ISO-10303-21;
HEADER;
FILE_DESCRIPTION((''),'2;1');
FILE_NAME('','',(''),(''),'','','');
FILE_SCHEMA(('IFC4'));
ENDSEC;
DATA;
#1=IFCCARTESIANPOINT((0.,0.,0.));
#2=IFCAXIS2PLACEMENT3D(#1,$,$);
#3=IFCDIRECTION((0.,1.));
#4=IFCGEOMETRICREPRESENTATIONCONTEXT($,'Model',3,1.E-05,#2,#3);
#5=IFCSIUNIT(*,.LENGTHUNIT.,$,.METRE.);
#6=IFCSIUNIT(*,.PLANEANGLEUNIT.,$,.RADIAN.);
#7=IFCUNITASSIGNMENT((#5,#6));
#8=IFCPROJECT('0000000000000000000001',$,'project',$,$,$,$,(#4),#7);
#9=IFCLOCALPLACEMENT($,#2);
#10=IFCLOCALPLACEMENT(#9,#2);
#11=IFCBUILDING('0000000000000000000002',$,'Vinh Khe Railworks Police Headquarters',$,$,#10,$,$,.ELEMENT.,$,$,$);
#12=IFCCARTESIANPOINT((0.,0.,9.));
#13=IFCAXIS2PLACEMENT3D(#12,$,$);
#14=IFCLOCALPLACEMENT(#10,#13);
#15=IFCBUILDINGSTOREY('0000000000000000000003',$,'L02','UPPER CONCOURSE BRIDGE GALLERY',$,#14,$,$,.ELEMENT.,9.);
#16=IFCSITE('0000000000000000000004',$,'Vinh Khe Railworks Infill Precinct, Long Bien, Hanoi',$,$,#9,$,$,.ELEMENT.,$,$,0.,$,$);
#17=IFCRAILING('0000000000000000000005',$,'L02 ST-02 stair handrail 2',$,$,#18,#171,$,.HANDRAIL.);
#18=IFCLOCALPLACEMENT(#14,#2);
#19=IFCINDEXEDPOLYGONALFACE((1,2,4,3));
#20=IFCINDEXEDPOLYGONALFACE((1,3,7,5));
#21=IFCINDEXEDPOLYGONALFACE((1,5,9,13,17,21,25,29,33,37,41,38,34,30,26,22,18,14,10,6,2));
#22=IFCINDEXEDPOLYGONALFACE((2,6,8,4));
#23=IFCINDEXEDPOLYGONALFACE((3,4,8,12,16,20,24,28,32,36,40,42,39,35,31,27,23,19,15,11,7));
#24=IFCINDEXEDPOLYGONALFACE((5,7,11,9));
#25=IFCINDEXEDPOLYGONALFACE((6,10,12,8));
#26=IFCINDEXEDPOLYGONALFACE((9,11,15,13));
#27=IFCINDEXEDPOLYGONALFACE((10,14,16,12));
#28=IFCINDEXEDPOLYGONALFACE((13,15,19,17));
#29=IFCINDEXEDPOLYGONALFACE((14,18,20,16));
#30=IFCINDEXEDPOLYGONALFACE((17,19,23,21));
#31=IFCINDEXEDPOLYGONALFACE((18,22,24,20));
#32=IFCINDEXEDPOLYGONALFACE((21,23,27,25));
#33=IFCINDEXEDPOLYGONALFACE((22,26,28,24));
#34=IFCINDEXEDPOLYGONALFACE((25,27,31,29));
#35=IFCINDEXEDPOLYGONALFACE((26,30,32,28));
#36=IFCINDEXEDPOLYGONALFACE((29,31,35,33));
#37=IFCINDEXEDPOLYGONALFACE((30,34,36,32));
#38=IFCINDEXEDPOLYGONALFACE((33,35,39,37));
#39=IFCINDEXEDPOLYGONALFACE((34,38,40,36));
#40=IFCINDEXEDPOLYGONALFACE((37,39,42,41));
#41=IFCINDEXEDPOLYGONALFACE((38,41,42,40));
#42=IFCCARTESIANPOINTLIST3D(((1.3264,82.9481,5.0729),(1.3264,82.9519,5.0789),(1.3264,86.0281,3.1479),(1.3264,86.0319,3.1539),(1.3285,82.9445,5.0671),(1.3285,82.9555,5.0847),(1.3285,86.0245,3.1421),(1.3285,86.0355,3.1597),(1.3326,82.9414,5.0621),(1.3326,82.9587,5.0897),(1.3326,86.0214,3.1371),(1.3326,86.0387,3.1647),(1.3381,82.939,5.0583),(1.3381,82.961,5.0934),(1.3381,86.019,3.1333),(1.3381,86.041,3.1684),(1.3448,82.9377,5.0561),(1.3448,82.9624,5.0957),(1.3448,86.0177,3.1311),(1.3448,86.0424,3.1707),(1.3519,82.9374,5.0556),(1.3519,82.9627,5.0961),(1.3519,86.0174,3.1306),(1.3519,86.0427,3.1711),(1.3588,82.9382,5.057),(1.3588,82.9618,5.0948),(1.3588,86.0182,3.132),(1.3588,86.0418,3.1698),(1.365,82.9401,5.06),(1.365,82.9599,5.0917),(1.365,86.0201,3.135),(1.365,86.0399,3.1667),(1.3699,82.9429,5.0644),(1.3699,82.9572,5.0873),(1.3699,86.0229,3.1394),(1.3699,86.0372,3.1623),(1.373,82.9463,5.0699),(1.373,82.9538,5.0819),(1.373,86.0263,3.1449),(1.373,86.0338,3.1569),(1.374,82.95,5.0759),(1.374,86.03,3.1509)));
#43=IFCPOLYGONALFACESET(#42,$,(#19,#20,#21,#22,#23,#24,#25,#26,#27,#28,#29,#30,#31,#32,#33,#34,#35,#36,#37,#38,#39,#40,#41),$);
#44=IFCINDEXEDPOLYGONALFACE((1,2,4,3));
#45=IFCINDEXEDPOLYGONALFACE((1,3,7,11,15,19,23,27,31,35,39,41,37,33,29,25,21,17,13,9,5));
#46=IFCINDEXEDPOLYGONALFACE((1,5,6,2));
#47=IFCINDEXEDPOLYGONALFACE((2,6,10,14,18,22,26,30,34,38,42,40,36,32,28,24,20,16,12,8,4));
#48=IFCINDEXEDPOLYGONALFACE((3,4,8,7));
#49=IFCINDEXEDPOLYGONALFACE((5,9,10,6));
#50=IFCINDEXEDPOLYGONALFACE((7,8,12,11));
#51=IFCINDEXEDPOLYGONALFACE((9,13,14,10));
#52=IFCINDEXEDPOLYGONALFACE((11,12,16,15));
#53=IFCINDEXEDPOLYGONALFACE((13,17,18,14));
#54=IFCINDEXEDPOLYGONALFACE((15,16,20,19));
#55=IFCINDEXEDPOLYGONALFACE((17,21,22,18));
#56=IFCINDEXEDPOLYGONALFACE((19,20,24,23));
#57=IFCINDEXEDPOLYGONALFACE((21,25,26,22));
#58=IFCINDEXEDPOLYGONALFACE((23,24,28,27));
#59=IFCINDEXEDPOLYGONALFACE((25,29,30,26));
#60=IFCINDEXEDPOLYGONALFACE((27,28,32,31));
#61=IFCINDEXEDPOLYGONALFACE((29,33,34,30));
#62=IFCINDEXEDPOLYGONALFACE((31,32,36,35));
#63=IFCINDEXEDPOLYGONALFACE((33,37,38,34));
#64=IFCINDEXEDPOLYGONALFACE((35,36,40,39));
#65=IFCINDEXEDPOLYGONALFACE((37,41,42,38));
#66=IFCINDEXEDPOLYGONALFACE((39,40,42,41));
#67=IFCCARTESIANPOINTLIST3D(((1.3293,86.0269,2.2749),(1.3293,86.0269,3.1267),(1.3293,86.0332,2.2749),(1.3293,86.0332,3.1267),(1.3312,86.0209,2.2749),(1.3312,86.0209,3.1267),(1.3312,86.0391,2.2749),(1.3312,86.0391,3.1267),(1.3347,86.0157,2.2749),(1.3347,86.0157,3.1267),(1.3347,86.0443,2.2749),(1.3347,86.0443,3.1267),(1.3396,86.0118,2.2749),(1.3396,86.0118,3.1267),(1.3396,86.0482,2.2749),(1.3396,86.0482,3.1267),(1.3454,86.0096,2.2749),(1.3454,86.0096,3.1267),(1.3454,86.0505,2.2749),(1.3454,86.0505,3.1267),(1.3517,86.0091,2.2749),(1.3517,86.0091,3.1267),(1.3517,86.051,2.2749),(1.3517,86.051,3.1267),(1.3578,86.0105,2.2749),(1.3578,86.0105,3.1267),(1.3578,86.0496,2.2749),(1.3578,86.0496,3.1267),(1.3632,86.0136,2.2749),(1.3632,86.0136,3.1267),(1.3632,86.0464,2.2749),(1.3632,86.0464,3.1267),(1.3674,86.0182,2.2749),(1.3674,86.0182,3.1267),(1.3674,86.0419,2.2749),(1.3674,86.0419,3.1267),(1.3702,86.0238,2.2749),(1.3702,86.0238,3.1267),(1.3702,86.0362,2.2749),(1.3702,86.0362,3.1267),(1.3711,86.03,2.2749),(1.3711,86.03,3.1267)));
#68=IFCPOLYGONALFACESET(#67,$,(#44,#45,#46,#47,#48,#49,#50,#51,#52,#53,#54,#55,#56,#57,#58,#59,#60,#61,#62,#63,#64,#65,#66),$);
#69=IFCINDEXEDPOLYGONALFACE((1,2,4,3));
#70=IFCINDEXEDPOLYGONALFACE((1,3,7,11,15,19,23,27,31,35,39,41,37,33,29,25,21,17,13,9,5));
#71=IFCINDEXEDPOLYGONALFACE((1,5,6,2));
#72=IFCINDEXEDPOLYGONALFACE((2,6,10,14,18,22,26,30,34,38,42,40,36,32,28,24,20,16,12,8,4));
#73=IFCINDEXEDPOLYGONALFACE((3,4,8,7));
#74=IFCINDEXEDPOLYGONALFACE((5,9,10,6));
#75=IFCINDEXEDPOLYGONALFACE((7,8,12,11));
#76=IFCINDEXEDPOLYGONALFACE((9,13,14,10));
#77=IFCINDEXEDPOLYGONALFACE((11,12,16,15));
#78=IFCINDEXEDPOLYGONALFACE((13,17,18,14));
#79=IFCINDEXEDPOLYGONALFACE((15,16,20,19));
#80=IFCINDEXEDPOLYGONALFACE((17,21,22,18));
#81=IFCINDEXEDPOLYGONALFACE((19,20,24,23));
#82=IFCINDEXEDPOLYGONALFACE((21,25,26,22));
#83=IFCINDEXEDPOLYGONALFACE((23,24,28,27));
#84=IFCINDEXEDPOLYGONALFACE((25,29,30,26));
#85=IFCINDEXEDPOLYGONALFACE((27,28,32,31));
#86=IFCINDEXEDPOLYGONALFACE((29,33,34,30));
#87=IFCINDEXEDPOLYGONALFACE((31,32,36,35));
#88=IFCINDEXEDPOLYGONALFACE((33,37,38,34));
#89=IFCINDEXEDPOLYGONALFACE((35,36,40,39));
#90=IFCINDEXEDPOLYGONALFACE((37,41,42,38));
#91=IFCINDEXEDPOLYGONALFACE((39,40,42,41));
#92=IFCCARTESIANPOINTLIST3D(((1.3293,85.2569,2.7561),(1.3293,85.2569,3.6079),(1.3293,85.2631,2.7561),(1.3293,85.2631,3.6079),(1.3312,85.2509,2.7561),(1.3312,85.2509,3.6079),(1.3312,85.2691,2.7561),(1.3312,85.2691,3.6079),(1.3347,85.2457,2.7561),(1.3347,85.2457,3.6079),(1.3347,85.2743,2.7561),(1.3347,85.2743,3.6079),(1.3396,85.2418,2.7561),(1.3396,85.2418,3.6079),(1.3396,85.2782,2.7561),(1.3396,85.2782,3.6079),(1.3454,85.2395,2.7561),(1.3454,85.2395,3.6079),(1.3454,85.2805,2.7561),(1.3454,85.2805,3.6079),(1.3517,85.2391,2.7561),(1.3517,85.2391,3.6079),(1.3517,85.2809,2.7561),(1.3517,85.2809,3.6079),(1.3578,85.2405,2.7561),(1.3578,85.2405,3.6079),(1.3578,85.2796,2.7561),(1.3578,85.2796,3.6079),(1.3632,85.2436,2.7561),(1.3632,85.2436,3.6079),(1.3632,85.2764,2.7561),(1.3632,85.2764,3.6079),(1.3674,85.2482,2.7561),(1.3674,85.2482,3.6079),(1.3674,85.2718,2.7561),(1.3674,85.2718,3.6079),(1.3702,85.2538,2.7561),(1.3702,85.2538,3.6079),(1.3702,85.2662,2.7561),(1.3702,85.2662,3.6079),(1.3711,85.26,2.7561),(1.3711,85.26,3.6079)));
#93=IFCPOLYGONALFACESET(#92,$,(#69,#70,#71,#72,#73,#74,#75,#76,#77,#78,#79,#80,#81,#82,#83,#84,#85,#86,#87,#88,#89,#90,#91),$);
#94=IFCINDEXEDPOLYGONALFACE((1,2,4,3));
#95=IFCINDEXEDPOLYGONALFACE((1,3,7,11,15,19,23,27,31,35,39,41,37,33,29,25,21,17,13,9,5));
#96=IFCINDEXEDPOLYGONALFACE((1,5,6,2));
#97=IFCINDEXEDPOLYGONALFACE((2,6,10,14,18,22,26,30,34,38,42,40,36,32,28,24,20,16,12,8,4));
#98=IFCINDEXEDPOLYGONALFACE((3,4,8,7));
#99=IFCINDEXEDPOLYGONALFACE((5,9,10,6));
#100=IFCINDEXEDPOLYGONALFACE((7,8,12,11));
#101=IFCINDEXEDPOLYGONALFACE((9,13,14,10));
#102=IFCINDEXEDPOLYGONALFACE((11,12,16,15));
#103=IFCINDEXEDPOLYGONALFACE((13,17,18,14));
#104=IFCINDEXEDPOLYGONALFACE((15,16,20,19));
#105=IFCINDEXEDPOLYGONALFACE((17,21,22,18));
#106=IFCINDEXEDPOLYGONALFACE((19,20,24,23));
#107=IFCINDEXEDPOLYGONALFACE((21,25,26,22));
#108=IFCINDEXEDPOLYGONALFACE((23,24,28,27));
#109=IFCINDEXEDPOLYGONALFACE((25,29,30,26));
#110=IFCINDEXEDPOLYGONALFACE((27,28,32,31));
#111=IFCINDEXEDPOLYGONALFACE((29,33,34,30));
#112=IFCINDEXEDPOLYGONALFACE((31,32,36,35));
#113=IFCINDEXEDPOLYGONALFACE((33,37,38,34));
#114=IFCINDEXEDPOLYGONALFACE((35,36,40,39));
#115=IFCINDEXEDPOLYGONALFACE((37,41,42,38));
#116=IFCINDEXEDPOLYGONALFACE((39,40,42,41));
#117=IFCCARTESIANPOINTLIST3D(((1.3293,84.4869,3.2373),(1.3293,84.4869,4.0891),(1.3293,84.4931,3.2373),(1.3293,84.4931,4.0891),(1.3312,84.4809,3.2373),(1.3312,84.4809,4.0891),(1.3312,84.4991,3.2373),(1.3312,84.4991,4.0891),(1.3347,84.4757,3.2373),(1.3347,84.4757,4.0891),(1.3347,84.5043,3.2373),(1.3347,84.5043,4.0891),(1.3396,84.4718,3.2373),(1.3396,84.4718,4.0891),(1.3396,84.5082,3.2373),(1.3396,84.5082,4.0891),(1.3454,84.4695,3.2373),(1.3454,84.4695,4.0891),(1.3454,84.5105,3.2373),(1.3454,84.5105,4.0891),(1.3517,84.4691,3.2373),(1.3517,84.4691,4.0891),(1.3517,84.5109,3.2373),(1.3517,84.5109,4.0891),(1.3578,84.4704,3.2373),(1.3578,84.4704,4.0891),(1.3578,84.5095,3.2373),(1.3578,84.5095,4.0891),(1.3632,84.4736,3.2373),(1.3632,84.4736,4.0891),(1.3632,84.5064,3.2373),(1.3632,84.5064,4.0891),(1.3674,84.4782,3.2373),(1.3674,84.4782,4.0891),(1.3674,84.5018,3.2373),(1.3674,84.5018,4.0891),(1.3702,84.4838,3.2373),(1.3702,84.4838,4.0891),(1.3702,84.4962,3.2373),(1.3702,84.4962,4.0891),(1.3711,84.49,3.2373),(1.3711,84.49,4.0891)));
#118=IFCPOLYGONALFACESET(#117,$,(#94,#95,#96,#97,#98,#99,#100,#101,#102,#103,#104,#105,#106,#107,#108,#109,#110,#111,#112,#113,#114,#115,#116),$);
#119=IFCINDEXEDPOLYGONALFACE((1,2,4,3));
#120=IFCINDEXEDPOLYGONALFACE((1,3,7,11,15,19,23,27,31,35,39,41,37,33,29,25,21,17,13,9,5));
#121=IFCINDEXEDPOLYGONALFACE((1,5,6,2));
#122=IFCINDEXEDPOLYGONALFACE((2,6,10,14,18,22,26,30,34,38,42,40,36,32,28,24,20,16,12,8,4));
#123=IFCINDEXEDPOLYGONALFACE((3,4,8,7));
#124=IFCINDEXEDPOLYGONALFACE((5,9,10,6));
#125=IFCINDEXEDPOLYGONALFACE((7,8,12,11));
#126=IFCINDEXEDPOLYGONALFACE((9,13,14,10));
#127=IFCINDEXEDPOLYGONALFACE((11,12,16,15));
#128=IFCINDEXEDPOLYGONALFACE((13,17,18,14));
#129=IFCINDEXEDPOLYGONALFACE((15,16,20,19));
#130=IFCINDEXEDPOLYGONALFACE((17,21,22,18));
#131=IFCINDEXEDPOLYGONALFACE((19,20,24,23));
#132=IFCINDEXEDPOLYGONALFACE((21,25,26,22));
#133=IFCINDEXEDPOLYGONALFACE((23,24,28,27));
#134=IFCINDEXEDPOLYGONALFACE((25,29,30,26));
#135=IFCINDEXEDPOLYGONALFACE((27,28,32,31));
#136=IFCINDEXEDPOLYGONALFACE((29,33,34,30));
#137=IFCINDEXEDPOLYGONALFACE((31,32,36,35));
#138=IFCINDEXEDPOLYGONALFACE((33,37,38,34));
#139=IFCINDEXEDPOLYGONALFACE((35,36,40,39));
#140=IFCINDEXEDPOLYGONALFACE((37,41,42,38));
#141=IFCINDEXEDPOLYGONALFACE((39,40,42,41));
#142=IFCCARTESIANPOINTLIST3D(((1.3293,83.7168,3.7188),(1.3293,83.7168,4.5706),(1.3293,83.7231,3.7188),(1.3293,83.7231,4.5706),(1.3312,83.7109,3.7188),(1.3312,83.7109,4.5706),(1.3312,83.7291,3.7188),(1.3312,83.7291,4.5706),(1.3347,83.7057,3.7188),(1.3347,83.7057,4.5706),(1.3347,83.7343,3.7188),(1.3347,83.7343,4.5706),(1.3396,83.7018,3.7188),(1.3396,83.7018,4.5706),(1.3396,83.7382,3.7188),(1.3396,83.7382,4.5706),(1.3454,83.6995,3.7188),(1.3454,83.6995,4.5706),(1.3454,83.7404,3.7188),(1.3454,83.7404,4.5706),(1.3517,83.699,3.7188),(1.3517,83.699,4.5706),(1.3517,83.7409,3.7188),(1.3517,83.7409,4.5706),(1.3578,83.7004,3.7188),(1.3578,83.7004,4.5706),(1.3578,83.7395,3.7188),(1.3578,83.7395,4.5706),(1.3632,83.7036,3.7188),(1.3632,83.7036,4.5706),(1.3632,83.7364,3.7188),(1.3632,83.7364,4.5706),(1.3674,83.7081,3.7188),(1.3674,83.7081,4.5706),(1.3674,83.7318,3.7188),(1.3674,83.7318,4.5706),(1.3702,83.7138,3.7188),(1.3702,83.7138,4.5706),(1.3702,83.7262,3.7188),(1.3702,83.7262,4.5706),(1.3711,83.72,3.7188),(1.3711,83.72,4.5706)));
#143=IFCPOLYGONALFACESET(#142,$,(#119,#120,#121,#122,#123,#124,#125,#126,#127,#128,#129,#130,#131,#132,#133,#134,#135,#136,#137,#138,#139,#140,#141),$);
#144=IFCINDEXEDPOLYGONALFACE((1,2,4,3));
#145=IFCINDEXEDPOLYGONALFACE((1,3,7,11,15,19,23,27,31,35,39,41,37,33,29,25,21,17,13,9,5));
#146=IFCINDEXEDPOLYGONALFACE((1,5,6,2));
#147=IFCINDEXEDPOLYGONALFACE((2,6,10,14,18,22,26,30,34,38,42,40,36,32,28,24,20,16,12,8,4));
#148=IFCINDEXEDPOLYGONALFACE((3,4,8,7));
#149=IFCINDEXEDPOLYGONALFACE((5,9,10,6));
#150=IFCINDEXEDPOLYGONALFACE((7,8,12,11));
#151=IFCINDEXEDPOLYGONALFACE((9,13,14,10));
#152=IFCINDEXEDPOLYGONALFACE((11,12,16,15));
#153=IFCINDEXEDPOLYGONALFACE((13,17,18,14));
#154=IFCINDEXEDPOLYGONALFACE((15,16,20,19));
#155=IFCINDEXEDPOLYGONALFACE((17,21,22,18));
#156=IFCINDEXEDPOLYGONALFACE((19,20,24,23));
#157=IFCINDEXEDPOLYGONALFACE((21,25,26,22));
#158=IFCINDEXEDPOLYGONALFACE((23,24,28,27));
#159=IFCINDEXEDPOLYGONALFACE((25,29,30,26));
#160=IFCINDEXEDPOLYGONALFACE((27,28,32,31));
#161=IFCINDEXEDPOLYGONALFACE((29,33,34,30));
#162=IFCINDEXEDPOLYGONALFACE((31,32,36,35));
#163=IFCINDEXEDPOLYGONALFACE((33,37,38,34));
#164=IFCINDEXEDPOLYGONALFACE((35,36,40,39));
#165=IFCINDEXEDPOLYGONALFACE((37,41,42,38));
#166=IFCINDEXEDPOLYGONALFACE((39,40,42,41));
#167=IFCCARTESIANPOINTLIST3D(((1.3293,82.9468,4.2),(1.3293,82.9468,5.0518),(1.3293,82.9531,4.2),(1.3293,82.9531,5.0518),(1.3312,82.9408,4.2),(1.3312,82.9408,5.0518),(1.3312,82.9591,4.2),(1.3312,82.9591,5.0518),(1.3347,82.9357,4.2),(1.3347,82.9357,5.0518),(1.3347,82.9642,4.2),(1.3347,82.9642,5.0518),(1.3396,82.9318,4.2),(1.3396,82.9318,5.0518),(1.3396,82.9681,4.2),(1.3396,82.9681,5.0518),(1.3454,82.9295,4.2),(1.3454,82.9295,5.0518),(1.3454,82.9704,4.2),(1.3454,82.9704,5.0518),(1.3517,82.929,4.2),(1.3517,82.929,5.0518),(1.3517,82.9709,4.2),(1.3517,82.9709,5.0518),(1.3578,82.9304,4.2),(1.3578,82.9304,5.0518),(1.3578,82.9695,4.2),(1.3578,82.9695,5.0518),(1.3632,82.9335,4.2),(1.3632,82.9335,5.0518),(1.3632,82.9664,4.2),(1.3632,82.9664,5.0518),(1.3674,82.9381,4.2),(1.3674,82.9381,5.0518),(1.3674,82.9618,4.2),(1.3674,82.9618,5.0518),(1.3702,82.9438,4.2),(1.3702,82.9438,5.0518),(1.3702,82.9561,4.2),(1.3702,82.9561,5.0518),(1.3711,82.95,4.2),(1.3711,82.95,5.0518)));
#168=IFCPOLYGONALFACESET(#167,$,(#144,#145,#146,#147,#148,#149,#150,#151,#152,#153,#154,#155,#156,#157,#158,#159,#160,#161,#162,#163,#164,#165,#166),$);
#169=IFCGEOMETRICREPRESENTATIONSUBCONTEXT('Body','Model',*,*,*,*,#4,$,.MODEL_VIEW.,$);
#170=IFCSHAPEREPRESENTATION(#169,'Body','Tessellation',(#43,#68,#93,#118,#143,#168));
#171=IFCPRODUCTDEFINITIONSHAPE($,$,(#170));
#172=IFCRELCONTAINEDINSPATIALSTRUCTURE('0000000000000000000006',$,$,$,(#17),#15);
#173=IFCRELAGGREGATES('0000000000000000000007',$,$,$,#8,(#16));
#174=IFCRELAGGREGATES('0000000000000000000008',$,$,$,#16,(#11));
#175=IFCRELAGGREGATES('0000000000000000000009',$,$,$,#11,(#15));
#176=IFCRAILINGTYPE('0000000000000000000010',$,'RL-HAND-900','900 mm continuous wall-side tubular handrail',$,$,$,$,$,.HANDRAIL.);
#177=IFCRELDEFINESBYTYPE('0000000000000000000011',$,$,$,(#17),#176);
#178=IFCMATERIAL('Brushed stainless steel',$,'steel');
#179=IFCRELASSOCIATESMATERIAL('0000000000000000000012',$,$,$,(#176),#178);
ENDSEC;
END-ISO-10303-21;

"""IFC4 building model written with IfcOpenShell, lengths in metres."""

from ifc_helpers import new_model, si_unit, direction, frame, origin, origin_2d, place, context, subcontext, project, spatial, circle, extrude, material, type_object, element, save


model = new_model("IFC4")

# Units and contexts
model_context = context("Model", 3, precision=1e-05, world=origin(), true_north=direction((0.0, 1.0)))
body_context = subcontext(model_context, "Body", "Model", "MODEL_VIEW")
ifc_project = project(units=[si_unit("LENGTHUNIT", "METRE"), si_unit("PLANEANGLEUNIT", "RADIAN")], contexts=[model_context])

# Site, building, storey
site_placement = place(None, origin())
site = spatial("IfcSite", under=ifc_project, at=site_placement, Name="Vinh Khe Railworks Infill Precinct, Long Bien, Hanoi", CompositionType="ELEMENT", RefElevation=0.0)
building_placement = place(site_placement, origin())
building = spatial("IfcBuilding", under=site, at=building_placement, Name="Vinh Khe Railworks Police Headquarters", CompositionType="ELEMENT")
storey_placement = place(building_placement, frame((0.0, 0.0, 9.0)))
storey = spatial("IfcBuildingStorey", under=building, at=storey_placement, Name="L02", Description="UPPER CONCOURSE BRIDGE GALLERY", CompositionType="ELEMENT", Elevation=9.0)

# Railing
ifc_material_1 = material(Name="Brushed stainless steel", Category="steel")
railing_type_1 = type_object("IfcRailingType", Name="RL-HAND-900", Description="900 mm continuous wall-side tubular handrail", PredefinedType="HANDRAIL", material=ifc_material_1)
railing_1_placement = place(storey_placement, frame((1.3501, 86.03, 2.2749)))
element("IfcRailing", 1, at=railing_1_placement, inside=storey, type_object=railing_type_1, Name="L02 ST-02 stair handrail 2", PredefinedType="HANDRAIL", context=body_context, shape_type="SweptSolid", body=[
    extrude(circle(Radius=0.0239, at=origin_2d()), frame((0.0, 0.0, 0.876), z_axis=(0.0, -0.847998, 0.529999), x_axis=(1.0, 0.0, 0.0)), (0.0, 0.0, 1.0), 3.6321),
    extrude(circle(Radius=0.021, at=origin_2d()), origin(), (0.0, 0.0, 1.0), 0.8518),
    extrude(circle(Radius=0.021, at=origin_2d()), frame((0.0, -0.77, 0.4812)), (0.0, 0.0, 1.0), 0.8518),
    extrude(circle(Radius=0.021, at=origin_2d()), frame((0.0, -1.54, 0.9624)), (0.0, 0.0, 1.0), 0.8518),
    extrude(circle(Radius=0.021, at=origin_2d()), frame((0.0, -2.3101, 1.4438)), (0.0, 0.0, 1.0), 0.8518),
    extrude(circle(Radius=0.021, at=origin_2d()), frame((0.0, -3.0801, 1.925)), (0.0, 0.0, 1.0), 0.8518),
])

save(model, "model.ifc")
